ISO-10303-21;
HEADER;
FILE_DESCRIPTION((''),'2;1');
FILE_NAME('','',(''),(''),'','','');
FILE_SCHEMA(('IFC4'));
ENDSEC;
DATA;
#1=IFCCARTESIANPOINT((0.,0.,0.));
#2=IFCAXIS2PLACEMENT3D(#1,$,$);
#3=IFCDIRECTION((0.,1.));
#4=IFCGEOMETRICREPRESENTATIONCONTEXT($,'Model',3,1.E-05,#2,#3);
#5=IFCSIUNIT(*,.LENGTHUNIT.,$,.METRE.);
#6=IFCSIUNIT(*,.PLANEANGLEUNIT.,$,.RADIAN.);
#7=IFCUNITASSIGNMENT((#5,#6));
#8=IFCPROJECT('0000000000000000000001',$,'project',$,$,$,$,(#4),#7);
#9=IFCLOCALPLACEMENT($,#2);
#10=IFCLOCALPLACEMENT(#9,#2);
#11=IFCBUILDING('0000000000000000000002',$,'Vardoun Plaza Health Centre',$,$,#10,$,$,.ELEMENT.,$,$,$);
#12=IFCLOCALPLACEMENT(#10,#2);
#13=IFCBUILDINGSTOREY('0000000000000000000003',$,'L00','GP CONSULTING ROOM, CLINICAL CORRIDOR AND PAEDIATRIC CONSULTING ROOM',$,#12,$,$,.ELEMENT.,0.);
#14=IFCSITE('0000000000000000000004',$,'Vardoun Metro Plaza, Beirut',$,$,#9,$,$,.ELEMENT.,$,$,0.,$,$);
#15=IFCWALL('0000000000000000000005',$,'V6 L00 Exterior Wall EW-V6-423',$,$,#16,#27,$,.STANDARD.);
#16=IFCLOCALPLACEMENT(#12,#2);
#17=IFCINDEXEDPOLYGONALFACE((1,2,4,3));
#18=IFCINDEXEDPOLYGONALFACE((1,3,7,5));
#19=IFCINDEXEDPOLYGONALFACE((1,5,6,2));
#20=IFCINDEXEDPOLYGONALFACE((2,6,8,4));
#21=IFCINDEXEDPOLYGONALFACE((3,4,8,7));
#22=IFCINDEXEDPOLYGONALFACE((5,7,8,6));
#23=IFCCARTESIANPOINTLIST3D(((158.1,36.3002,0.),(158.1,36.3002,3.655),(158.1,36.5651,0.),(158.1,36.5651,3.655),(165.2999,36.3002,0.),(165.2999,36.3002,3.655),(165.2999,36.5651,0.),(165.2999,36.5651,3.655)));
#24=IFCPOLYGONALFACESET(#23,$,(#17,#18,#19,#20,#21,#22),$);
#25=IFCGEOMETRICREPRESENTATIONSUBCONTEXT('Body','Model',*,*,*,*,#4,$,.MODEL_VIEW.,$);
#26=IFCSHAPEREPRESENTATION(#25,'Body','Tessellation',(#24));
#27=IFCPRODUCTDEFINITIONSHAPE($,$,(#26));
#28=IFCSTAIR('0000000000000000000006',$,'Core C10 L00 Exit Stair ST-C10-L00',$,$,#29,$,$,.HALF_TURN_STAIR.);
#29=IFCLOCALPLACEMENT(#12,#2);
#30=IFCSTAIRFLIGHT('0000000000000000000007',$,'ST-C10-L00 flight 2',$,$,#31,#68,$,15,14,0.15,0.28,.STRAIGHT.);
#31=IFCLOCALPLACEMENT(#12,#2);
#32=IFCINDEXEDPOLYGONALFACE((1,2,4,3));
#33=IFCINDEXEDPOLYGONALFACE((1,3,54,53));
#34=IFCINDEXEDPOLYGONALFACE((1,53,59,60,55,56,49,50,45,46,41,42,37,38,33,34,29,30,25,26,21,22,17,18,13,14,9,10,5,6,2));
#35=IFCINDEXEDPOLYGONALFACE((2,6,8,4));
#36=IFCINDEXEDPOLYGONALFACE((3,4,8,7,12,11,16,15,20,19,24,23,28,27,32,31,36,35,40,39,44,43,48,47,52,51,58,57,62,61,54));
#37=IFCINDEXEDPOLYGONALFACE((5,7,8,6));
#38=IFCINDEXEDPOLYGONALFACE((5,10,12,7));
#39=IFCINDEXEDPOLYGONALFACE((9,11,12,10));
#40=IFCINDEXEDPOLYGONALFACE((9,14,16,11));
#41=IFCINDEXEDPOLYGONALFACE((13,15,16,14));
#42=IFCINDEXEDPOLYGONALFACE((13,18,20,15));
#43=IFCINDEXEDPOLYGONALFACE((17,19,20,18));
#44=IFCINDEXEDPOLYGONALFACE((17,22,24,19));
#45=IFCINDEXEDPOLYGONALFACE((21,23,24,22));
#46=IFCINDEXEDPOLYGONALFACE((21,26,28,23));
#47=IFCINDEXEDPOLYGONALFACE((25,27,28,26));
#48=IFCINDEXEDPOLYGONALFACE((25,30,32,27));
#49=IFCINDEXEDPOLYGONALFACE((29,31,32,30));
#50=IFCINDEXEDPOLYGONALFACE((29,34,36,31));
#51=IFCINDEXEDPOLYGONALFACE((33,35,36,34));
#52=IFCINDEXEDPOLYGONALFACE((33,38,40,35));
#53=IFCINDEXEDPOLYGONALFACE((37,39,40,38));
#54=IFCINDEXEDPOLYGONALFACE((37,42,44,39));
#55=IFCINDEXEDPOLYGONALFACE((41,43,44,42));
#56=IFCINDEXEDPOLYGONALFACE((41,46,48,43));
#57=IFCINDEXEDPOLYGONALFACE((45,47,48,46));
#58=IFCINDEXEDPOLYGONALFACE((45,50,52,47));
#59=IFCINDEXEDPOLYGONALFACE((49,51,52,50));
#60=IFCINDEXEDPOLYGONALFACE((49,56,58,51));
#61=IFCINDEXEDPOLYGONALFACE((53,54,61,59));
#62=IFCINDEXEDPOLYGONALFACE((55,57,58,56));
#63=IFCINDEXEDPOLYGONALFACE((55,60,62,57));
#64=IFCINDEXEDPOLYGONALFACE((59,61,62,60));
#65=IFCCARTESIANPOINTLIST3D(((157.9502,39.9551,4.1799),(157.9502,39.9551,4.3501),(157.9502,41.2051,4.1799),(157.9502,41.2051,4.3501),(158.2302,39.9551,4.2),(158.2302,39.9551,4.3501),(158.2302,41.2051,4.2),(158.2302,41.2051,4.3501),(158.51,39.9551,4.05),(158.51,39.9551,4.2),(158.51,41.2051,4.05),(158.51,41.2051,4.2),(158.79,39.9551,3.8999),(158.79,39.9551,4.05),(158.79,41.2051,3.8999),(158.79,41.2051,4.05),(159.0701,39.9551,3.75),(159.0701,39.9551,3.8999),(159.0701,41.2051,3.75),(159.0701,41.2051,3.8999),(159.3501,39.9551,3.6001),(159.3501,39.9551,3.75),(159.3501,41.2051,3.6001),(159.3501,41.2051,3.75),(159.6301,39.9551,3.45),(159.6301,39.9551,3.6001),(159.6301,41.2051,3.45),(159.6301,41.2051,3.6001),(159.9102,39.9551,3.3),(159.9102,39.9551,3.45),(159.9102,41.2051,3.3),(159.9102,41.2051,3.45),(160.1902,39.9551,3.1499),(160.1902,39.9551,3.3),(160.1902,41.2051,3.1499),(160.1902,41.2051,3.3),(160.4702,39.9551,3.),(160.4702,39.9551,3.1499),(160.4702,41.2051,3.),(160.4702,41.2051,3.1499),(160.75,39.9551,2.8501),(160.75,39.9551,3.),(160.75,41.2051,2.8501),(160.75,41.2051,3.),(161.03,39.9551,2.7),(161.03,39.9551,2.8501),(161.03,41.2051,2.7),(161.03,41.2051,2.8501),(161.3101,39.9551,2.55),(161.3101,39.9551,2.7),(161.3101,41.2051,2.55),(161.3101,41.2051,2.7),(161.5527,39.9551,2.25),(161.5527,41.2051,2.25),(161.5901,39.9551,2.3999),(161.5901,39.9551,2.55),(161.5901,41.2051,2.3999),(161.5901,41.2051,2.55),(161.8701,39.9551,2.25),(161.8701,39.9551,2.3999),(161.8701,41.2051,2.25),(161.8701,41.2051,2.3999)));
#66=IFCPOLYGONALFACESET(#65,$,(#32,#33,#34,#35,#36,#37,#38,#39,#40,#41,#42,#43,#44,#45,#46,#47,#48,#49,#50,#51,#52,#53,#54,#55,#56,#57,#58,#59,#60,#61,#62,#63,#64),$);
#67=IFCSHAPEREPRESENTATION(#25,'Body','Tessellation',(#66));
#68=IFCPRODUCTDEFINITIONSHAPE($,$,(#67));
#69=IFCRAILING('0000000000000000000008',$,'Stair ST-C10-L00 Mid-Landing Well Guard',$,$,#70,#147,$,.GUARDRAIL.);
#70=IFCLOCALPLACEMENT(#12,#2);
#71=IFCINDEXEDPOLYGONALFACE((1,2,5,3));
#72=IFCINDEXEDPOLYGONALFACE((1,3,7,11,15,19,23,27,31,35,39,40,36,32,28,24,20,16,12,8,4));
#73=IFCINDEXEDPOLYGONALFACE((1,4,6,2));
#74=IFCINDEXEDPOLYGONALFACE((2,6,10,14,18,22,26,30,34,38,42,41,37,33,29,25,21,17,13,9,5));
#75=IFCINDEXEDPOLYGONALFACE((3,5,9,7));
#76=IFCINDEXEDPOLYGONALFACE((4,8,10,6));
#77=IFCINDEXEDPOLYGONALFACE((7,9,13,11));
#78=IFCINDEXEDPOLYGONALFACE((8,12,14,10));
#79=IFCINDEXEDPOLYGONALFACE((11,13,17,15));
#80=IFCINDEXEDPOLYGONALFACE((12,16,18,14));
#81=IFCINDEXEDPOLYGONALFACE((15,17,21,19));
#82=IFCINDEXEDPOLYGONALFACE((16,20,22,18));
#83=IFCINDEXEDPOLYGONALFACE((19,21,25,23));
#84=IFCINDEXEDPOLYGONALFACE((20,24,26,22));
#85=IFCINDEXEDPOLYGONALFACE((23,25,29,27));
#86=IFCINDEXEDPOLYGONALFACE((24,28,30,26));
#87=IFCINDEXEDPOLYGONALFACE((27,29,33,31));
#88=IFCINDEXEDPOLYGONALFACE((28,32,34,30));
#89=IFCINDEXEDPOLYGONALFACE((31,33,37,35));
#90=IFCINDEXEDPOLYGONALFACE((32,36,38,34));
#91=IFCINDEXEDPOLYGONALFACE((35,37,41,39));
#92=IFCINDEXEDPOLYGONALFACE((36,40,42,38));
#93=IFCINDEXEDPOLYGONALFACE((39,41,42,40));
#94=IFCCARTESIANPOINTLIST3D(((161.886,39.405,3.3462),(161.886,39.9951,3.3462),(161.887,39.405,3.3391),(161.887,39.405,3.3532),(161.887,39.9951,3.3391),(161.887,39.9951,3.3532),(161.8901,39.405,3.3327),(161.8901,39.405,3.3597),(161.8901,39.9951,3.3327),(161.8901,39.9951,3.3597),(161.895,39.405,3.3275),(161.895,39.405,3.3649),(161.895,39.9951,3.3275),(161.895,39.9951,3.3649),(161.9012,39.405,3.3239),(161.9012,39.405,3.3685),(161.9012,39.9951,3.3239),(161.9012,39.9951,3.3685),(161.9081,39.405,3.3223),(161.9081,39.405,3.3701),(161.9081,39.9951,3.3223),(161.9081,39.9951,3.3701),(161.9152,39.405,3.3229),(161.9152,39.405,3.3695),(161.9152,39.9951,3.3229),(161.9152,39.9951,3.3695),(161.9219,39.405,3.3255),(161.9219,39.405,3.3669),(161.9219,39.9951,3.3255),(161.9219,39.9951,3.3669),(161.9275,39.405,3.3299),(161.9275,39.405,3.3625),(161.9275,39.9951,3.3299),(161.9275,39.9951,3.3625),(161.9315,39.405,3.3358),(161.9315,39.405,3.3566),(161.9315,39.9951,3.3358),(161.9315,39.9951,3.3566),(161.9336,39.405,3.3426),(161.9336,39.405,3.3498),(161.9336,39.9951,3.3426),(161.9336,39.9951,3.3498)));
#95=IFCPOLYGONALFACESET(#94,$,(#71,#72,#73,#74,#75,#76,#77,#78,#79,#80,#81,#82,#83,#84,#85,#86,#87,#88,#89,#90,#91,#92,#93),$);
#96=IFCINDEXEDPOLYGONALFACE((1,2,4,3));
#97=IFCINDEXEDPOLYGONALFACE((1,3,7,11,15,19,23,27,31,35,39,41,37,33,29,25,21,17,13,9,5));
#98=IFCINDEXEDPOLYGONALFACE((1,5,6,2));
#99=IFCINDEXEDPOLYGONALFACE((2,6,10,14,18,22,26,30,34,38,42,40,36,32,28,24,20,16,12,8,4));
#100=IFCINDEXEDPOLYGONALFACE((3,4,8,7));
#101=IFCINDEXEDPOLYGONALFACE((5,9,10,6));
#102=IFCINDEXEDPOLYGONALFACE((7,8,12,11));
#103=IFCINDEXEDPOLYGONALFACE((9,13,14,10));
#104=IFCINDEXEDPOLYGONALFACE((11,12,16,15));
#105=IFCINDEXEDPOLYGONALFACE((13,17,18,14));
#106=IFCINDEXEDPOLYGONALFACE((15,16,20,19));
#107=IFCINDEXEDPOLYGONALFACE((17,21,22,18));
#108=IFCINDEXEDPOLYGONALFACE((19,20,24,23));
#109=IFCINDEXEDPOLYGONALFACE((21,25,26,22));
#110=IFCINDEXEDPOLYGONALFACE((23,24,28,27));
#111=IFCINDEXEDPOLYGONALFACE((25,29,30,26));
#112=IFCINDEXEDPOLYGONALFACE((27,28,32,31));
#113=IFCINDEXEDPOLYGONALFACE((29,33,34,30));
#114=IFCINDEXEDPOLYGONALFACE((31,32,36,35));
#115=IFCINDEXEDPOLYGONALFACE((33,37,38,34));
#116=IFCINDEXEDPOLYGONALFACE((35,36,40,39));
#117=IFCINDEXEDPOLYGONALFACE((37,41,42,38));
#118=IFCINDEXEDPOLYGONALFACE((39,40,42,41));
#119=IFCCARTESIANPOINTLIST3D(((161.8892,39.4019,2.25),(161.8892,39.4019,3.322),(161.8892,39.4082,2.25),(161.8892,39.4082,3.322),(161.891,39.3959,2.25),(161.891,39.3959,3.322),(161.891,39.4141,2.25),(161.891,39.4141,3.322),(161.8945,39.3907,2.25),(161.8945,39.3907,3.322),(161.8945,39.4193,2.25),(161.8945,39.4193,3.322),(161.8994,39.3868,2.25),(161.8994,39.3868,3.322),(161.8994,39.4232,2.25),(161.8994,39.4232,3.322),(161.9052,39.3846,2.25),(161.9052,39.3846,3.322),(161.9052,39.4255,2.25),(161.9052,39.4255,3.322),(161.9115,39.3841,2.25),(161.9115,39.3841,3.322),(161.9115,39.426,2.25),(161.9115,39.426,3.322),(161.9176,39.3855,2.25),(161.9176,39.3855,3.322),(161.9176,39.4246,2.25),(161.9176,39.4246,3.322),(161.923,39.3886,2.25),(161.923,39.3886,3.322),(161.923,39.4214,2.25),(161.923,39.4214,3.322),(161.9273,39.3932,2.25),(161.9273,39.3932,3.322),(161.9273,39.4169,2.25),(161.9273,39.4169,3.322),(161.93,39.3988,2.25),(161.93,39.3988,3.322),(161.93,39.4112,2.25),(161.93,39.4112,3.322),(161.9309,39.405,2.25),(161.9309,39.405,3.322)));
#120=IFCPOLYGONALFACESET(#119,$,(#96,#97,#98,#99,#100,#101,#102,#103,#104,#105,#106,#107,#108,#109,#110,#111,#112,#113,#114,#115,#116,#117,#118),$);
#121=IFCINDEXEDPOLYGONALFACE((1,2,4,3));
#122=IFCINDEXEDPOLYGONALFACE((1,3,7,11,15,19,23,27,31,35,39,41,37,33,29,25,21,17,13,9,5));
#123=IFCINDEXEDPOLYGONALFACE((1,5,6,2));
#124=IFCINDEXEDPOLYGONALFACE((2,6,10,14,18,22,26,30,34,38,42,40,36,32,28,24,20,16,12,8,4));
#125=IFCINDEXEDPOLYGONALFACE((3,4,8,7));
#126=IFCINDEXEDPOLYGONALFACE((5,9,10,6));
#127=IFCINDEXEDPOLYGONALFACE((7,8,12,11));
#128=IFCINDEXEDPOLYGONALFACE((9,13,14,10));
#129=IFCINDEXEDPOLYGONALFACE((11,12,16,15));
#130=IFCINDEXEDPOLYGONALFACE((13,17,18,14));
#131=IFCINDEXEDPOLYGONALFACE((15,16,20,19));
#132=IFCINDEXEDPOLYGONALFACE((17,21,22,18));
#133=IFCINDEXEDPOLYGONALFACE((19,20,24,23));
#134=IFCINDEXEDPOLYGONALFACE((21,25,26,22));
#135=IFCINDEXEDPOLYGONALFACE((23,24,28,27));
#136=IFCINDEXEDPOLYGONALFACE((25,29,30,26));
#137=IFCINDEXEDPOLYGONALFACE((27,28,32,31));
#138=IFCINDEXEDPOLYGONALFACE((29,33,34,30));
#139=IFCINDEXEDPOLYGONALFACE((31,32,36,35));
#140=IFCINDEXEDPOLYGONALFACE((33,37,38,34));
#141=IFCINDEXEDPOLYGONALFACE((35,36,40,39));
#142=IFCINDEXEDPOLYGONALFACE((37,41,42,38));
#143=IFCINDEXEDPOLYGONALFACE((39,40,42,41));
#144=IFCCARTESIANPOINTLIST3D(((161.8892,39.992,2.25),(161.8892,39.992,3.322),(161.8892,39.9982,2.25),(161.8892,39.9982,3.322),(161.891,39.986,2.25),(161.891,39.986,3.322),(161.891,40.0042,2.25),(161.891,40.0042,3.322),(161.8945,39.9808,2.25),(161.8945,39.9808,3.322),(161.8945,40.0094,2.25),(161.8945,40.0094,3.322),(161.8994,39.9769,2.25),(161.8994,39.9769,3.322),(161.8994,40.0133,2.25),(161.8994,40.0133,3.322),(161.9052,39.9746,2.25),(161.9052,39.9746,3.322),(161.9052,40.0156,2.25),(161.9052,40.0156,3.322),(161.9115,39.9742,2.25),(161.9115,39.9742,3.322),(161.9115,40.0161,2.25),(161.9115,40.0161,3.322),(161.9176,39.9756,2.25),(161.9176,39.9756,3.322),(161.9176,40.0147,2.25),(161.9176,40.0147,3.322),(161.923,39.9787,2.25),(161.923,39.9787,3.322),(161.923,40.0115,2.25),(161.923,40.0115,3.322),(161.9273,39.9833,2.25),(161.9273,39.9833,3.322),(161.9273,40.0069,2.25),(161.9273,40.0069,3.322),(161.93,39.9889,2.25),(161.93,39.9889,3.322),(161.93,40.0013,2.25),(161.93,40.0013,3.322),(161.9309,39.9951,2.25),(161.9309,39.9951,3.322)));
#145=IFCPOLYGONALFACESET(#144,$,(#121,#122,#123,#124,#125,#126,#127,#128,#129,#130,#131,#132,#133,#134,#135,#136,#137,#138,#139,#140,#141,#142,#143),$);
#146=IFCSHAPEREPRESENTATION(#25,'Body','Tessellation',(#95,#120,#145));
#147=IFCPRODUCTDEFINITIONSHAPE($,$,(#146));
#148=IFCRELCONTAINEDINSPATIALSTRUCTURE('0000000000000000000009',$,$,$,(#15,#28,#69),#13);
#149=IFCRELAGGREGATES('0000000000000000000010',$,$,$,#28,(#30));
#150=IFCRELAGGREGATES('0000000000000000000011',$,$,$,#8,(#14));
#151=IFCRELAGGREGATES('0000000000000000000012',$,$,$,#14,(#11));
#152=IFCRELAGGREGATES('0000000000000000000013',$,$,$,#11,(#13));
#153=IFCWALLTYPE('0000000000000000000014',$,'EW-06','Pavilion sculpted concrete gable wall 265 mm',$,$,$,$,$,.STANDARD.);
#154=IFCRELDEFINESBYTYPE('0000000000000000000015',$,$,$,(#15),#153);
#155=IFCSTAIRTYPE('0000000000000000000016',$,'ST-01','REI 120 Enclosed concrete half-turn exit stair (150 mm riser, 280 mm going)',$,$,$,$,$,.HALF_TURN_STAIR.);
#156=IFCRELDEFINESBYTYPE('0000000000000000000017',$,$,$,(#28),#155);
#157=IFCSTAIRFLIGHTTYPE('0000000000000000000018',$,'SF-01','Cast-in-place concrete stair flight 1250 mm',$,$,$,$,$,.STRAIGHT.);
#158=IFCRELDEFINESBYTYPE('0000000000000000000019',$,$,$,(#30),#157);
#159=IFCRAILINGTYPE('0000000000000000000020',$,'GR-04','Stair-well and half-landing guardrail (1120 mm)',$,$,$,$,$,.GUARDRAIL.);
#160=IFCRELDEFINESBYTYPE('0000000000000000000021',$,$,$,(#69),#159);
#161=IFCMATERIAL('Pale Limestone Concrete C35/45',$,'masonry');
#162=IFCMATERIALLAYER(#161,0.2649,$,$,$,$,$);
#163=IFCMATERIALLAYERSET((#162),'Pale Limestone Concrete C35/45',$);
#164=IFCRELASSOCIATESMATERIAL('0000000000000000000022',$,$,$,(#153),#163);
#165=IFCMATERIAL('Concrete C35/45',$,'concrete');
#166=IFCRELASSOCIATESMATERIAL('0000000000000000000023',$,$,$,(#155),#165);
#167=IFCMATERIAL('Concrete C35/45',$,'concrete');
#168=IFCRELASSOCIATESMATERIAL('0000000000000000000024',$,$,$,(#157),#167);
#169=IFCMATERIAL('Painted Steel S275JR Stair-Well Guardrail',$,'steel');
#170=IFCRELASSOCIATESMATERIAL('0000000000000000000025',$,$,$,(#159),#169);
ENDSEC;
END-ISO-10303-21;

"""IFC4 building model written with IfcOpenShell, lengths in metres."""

from ifc_helpers import new_model, si_unit, direction, frame, frame_2d, origin, origin_2d, place, context, subcontext, project, spatial, polyline, rectangle, circle, outline, extrude, material, layer, layer_set, type_object, element, aggregate, save


model = new_model("IFC4")

# Units and contexts
model_context = context("Model", 3, precision=1e-05, world=origin(), true_north=direction((0.0, 1.0)))
body_context = subcontext(model_context, "Body", "Model", "MODEL_VIEW")
ifc_project = project(units=[si_unit("LENGTHUNIT", "METRE"), si_unit("PLANEANGLEUNIT", "RADIAN")], contexts=[model_context])

# Site, building, storey
site_placement = place(None, origin())
site = spatial("IfcSite", under=ifc_project, at=site_placement, Name="Vardoun Metro Plaza, Beirut", CompositionType="ELEMENT", RefElevation=0.0)
building_placement = place(site_placement, origin())
building = spatial("IfcBuilding", under=site, at=building_placement, Name="Vardoun Plaza Health Centre", CompositionType="ELEMENT")
storey_placement = place(building_placement, origin())
storey = spatial("IfcBuildingStorey", under=building, at=storey_placement, Name="L00", Description="GP CONSULTING ROOM, CLINICAL CORRIDOR AND PAEDIATRIC CONSULTING ROOM", CompositionType="ELEMENT", Elevation=0.0)

# Shared definitions
ifc_material_1 = material(Name="Pale Limestone Concrete C35/45", Category="masonry")
ifc_layer_1 = layer(ifc_material_1, 0.2649)
ifc_layer_set_1 = layer_set([ifc_layer_1], Name="Pale Limestone Concrete C35/45")
wall_type_1 = type_object("IfcWallType", Name="EW-06", Description="Pavilion sculpted concrete gable wall 265 mm", PredefinedType="STANDARD", material=ifc_layer_set_1)

# Wall
wall_1_placement = place(storey_placement, frame((165.3, 36.4326, 0.0), z_axis=(0.0, 0.0, 1.0), x_axis=(-1.0, 0.0, 0.0)))
element("IfcWall", 1, at=wall_1_placement, inside=storey, type_object=wall_type_1, Name="V6 L00 Exterior Wall EW-V6-423", PredefinedType="STANDARD", context=body_context, shape_type="SweptSolid", body=[
    extrude(rectangle(XDim=7.2, YDim=0.2649, at=frame_2d((3.6001, 0.0))), origin(), (0.0, 0.0, 1.0), 3.655),
])

# Stair, stair flight
ifc_material_2 = material(Name="Concrete C35/45", Category="concrete")
stair_type = type_object("IfcStairType", Name="ST-01", Description="REI 120 Enclosed concrete half-turn exit stair (150 mm riser, 280 mm going)", PredefinedType="HALF_TURN_STAIR", material=ifc_material_2)
stair_placement = place(storey_placement, origin())
stair = element("IfcStair", 2, at=stair_placement, inside=storey, type_object=stair_type, Name="Core C10 L00 Exit Stair ST-C10-L00", PredefinedType="HALF_TURN_STAIR")
ifc_material_3 = material(Name="Concrete C35/45", Category="concrete")
stair_flight_type = type_object("IfcStairFlightType", Name="SF-01", Description="Cast-in-place concrete stair flight 1250 mm", PredefinedType="STRAIGHT", material=ifc_material_3)
stair_flight_placement = place(storey_placement, frame((161.8701, 40.5801, 2.25), z_axis=(0.0, 0.0, 1.0), x_axis=(-1.0, 0.0, 0.0)))
stair_flight = element("IfcStairFlight", 3, at=stair_flight_placement, type_object=stair_flight_type, Name="ST-C10-L00 flight 2", NumberOfRisers=15, NumberOfTreads=14, PredefinedType="STRAIGHT", RiserHeight=0.15, TreadLength=0.28, context=body_context, shape_type="SweptSolid", body=[
    extrude(outline(polyline([(0.0, 0.0), (0.0, 0.1499), (0.28, 0.1499), (0.28, 0.3), (0.5601, 0.3), (0.5601, 0.45), (0.8401, 0.45), (0.8401, 0.6001), (1.1201, 0.6001), (1.1201, 0.75), (1.3999, 0.75), (1.3999, 0.8999), (1.6799, 0.8999), (1.6799, 1.05), (1.96, 1.05), (1.96, 1.2), (2.24, 1.2), (2.24, 1.3501), (2.52, 1.3501), (2.52, 1.5), (2.8, 1.5), (2.8, 1.6499), (3.0801, 1.6499), (3.0801, 1.8), (3.3601, 1.8), (3.3601, 1.95), (3.6399, 1.95), (3.6399, 2.1001), (3.9199, 2.1001), (3.9199, 2.25), (3.9199, 1.9299), (0.3174, 0.0), (0.0, 0.0)])), frame((0.0, 0.625, 0.0), z_axis=(0.0, -1.0, 0.0), x_axis=(1.0, 0.0, 0.0)), (0.0, 0.0, 1.0), 1.25),
])
aggregate(stair, [stair_flight])

# Railing
ifc_material_4 = material(Name="Painted Steel S275JR Stair-Well Guardrail", Category="steel")
railing_type_1 = type_object("IfcRailingType", Name="GR-04", Description="Stair-well and half-landing guardrail (1120 mm)", PredefinedType="GUARDRAIL", material=ifc_material_4)
railing_1_placement = place(storey_placement, frame((161.9099, 39.405, 2.25)))
element("IfcRailing", 4, at=railing_1_placement, inside=storey, type_object=railing_type_1, Name="Stair ST-C10-L00 Mid-Landing Well Guard", PredefinedType="GUARDRAIL", context=body_context, shape_type="SweptSolid", body=[
    extrude(circle(Radius=0.0239, at=origin_2d()), frame((0.0, 0.0, 1.0962), z_axis=(0.0, 1.0, 0.0), x_axis=(-1.0, 0.0, 0.0)), (0.0, 0.0, 1.0), 0.5901),
    extrude(circle(Radius=0.021, at=origin_2d()), origin(), (0.0, 0.0, 1.0), 1.072),
    extrude(circle(Radius=0.021, at=origin_2d()), frame((0.0, 0.5901, 0.0)), (0.0, 0.0, 1.0), 1.072),
])

save(model, "model.ifc")
